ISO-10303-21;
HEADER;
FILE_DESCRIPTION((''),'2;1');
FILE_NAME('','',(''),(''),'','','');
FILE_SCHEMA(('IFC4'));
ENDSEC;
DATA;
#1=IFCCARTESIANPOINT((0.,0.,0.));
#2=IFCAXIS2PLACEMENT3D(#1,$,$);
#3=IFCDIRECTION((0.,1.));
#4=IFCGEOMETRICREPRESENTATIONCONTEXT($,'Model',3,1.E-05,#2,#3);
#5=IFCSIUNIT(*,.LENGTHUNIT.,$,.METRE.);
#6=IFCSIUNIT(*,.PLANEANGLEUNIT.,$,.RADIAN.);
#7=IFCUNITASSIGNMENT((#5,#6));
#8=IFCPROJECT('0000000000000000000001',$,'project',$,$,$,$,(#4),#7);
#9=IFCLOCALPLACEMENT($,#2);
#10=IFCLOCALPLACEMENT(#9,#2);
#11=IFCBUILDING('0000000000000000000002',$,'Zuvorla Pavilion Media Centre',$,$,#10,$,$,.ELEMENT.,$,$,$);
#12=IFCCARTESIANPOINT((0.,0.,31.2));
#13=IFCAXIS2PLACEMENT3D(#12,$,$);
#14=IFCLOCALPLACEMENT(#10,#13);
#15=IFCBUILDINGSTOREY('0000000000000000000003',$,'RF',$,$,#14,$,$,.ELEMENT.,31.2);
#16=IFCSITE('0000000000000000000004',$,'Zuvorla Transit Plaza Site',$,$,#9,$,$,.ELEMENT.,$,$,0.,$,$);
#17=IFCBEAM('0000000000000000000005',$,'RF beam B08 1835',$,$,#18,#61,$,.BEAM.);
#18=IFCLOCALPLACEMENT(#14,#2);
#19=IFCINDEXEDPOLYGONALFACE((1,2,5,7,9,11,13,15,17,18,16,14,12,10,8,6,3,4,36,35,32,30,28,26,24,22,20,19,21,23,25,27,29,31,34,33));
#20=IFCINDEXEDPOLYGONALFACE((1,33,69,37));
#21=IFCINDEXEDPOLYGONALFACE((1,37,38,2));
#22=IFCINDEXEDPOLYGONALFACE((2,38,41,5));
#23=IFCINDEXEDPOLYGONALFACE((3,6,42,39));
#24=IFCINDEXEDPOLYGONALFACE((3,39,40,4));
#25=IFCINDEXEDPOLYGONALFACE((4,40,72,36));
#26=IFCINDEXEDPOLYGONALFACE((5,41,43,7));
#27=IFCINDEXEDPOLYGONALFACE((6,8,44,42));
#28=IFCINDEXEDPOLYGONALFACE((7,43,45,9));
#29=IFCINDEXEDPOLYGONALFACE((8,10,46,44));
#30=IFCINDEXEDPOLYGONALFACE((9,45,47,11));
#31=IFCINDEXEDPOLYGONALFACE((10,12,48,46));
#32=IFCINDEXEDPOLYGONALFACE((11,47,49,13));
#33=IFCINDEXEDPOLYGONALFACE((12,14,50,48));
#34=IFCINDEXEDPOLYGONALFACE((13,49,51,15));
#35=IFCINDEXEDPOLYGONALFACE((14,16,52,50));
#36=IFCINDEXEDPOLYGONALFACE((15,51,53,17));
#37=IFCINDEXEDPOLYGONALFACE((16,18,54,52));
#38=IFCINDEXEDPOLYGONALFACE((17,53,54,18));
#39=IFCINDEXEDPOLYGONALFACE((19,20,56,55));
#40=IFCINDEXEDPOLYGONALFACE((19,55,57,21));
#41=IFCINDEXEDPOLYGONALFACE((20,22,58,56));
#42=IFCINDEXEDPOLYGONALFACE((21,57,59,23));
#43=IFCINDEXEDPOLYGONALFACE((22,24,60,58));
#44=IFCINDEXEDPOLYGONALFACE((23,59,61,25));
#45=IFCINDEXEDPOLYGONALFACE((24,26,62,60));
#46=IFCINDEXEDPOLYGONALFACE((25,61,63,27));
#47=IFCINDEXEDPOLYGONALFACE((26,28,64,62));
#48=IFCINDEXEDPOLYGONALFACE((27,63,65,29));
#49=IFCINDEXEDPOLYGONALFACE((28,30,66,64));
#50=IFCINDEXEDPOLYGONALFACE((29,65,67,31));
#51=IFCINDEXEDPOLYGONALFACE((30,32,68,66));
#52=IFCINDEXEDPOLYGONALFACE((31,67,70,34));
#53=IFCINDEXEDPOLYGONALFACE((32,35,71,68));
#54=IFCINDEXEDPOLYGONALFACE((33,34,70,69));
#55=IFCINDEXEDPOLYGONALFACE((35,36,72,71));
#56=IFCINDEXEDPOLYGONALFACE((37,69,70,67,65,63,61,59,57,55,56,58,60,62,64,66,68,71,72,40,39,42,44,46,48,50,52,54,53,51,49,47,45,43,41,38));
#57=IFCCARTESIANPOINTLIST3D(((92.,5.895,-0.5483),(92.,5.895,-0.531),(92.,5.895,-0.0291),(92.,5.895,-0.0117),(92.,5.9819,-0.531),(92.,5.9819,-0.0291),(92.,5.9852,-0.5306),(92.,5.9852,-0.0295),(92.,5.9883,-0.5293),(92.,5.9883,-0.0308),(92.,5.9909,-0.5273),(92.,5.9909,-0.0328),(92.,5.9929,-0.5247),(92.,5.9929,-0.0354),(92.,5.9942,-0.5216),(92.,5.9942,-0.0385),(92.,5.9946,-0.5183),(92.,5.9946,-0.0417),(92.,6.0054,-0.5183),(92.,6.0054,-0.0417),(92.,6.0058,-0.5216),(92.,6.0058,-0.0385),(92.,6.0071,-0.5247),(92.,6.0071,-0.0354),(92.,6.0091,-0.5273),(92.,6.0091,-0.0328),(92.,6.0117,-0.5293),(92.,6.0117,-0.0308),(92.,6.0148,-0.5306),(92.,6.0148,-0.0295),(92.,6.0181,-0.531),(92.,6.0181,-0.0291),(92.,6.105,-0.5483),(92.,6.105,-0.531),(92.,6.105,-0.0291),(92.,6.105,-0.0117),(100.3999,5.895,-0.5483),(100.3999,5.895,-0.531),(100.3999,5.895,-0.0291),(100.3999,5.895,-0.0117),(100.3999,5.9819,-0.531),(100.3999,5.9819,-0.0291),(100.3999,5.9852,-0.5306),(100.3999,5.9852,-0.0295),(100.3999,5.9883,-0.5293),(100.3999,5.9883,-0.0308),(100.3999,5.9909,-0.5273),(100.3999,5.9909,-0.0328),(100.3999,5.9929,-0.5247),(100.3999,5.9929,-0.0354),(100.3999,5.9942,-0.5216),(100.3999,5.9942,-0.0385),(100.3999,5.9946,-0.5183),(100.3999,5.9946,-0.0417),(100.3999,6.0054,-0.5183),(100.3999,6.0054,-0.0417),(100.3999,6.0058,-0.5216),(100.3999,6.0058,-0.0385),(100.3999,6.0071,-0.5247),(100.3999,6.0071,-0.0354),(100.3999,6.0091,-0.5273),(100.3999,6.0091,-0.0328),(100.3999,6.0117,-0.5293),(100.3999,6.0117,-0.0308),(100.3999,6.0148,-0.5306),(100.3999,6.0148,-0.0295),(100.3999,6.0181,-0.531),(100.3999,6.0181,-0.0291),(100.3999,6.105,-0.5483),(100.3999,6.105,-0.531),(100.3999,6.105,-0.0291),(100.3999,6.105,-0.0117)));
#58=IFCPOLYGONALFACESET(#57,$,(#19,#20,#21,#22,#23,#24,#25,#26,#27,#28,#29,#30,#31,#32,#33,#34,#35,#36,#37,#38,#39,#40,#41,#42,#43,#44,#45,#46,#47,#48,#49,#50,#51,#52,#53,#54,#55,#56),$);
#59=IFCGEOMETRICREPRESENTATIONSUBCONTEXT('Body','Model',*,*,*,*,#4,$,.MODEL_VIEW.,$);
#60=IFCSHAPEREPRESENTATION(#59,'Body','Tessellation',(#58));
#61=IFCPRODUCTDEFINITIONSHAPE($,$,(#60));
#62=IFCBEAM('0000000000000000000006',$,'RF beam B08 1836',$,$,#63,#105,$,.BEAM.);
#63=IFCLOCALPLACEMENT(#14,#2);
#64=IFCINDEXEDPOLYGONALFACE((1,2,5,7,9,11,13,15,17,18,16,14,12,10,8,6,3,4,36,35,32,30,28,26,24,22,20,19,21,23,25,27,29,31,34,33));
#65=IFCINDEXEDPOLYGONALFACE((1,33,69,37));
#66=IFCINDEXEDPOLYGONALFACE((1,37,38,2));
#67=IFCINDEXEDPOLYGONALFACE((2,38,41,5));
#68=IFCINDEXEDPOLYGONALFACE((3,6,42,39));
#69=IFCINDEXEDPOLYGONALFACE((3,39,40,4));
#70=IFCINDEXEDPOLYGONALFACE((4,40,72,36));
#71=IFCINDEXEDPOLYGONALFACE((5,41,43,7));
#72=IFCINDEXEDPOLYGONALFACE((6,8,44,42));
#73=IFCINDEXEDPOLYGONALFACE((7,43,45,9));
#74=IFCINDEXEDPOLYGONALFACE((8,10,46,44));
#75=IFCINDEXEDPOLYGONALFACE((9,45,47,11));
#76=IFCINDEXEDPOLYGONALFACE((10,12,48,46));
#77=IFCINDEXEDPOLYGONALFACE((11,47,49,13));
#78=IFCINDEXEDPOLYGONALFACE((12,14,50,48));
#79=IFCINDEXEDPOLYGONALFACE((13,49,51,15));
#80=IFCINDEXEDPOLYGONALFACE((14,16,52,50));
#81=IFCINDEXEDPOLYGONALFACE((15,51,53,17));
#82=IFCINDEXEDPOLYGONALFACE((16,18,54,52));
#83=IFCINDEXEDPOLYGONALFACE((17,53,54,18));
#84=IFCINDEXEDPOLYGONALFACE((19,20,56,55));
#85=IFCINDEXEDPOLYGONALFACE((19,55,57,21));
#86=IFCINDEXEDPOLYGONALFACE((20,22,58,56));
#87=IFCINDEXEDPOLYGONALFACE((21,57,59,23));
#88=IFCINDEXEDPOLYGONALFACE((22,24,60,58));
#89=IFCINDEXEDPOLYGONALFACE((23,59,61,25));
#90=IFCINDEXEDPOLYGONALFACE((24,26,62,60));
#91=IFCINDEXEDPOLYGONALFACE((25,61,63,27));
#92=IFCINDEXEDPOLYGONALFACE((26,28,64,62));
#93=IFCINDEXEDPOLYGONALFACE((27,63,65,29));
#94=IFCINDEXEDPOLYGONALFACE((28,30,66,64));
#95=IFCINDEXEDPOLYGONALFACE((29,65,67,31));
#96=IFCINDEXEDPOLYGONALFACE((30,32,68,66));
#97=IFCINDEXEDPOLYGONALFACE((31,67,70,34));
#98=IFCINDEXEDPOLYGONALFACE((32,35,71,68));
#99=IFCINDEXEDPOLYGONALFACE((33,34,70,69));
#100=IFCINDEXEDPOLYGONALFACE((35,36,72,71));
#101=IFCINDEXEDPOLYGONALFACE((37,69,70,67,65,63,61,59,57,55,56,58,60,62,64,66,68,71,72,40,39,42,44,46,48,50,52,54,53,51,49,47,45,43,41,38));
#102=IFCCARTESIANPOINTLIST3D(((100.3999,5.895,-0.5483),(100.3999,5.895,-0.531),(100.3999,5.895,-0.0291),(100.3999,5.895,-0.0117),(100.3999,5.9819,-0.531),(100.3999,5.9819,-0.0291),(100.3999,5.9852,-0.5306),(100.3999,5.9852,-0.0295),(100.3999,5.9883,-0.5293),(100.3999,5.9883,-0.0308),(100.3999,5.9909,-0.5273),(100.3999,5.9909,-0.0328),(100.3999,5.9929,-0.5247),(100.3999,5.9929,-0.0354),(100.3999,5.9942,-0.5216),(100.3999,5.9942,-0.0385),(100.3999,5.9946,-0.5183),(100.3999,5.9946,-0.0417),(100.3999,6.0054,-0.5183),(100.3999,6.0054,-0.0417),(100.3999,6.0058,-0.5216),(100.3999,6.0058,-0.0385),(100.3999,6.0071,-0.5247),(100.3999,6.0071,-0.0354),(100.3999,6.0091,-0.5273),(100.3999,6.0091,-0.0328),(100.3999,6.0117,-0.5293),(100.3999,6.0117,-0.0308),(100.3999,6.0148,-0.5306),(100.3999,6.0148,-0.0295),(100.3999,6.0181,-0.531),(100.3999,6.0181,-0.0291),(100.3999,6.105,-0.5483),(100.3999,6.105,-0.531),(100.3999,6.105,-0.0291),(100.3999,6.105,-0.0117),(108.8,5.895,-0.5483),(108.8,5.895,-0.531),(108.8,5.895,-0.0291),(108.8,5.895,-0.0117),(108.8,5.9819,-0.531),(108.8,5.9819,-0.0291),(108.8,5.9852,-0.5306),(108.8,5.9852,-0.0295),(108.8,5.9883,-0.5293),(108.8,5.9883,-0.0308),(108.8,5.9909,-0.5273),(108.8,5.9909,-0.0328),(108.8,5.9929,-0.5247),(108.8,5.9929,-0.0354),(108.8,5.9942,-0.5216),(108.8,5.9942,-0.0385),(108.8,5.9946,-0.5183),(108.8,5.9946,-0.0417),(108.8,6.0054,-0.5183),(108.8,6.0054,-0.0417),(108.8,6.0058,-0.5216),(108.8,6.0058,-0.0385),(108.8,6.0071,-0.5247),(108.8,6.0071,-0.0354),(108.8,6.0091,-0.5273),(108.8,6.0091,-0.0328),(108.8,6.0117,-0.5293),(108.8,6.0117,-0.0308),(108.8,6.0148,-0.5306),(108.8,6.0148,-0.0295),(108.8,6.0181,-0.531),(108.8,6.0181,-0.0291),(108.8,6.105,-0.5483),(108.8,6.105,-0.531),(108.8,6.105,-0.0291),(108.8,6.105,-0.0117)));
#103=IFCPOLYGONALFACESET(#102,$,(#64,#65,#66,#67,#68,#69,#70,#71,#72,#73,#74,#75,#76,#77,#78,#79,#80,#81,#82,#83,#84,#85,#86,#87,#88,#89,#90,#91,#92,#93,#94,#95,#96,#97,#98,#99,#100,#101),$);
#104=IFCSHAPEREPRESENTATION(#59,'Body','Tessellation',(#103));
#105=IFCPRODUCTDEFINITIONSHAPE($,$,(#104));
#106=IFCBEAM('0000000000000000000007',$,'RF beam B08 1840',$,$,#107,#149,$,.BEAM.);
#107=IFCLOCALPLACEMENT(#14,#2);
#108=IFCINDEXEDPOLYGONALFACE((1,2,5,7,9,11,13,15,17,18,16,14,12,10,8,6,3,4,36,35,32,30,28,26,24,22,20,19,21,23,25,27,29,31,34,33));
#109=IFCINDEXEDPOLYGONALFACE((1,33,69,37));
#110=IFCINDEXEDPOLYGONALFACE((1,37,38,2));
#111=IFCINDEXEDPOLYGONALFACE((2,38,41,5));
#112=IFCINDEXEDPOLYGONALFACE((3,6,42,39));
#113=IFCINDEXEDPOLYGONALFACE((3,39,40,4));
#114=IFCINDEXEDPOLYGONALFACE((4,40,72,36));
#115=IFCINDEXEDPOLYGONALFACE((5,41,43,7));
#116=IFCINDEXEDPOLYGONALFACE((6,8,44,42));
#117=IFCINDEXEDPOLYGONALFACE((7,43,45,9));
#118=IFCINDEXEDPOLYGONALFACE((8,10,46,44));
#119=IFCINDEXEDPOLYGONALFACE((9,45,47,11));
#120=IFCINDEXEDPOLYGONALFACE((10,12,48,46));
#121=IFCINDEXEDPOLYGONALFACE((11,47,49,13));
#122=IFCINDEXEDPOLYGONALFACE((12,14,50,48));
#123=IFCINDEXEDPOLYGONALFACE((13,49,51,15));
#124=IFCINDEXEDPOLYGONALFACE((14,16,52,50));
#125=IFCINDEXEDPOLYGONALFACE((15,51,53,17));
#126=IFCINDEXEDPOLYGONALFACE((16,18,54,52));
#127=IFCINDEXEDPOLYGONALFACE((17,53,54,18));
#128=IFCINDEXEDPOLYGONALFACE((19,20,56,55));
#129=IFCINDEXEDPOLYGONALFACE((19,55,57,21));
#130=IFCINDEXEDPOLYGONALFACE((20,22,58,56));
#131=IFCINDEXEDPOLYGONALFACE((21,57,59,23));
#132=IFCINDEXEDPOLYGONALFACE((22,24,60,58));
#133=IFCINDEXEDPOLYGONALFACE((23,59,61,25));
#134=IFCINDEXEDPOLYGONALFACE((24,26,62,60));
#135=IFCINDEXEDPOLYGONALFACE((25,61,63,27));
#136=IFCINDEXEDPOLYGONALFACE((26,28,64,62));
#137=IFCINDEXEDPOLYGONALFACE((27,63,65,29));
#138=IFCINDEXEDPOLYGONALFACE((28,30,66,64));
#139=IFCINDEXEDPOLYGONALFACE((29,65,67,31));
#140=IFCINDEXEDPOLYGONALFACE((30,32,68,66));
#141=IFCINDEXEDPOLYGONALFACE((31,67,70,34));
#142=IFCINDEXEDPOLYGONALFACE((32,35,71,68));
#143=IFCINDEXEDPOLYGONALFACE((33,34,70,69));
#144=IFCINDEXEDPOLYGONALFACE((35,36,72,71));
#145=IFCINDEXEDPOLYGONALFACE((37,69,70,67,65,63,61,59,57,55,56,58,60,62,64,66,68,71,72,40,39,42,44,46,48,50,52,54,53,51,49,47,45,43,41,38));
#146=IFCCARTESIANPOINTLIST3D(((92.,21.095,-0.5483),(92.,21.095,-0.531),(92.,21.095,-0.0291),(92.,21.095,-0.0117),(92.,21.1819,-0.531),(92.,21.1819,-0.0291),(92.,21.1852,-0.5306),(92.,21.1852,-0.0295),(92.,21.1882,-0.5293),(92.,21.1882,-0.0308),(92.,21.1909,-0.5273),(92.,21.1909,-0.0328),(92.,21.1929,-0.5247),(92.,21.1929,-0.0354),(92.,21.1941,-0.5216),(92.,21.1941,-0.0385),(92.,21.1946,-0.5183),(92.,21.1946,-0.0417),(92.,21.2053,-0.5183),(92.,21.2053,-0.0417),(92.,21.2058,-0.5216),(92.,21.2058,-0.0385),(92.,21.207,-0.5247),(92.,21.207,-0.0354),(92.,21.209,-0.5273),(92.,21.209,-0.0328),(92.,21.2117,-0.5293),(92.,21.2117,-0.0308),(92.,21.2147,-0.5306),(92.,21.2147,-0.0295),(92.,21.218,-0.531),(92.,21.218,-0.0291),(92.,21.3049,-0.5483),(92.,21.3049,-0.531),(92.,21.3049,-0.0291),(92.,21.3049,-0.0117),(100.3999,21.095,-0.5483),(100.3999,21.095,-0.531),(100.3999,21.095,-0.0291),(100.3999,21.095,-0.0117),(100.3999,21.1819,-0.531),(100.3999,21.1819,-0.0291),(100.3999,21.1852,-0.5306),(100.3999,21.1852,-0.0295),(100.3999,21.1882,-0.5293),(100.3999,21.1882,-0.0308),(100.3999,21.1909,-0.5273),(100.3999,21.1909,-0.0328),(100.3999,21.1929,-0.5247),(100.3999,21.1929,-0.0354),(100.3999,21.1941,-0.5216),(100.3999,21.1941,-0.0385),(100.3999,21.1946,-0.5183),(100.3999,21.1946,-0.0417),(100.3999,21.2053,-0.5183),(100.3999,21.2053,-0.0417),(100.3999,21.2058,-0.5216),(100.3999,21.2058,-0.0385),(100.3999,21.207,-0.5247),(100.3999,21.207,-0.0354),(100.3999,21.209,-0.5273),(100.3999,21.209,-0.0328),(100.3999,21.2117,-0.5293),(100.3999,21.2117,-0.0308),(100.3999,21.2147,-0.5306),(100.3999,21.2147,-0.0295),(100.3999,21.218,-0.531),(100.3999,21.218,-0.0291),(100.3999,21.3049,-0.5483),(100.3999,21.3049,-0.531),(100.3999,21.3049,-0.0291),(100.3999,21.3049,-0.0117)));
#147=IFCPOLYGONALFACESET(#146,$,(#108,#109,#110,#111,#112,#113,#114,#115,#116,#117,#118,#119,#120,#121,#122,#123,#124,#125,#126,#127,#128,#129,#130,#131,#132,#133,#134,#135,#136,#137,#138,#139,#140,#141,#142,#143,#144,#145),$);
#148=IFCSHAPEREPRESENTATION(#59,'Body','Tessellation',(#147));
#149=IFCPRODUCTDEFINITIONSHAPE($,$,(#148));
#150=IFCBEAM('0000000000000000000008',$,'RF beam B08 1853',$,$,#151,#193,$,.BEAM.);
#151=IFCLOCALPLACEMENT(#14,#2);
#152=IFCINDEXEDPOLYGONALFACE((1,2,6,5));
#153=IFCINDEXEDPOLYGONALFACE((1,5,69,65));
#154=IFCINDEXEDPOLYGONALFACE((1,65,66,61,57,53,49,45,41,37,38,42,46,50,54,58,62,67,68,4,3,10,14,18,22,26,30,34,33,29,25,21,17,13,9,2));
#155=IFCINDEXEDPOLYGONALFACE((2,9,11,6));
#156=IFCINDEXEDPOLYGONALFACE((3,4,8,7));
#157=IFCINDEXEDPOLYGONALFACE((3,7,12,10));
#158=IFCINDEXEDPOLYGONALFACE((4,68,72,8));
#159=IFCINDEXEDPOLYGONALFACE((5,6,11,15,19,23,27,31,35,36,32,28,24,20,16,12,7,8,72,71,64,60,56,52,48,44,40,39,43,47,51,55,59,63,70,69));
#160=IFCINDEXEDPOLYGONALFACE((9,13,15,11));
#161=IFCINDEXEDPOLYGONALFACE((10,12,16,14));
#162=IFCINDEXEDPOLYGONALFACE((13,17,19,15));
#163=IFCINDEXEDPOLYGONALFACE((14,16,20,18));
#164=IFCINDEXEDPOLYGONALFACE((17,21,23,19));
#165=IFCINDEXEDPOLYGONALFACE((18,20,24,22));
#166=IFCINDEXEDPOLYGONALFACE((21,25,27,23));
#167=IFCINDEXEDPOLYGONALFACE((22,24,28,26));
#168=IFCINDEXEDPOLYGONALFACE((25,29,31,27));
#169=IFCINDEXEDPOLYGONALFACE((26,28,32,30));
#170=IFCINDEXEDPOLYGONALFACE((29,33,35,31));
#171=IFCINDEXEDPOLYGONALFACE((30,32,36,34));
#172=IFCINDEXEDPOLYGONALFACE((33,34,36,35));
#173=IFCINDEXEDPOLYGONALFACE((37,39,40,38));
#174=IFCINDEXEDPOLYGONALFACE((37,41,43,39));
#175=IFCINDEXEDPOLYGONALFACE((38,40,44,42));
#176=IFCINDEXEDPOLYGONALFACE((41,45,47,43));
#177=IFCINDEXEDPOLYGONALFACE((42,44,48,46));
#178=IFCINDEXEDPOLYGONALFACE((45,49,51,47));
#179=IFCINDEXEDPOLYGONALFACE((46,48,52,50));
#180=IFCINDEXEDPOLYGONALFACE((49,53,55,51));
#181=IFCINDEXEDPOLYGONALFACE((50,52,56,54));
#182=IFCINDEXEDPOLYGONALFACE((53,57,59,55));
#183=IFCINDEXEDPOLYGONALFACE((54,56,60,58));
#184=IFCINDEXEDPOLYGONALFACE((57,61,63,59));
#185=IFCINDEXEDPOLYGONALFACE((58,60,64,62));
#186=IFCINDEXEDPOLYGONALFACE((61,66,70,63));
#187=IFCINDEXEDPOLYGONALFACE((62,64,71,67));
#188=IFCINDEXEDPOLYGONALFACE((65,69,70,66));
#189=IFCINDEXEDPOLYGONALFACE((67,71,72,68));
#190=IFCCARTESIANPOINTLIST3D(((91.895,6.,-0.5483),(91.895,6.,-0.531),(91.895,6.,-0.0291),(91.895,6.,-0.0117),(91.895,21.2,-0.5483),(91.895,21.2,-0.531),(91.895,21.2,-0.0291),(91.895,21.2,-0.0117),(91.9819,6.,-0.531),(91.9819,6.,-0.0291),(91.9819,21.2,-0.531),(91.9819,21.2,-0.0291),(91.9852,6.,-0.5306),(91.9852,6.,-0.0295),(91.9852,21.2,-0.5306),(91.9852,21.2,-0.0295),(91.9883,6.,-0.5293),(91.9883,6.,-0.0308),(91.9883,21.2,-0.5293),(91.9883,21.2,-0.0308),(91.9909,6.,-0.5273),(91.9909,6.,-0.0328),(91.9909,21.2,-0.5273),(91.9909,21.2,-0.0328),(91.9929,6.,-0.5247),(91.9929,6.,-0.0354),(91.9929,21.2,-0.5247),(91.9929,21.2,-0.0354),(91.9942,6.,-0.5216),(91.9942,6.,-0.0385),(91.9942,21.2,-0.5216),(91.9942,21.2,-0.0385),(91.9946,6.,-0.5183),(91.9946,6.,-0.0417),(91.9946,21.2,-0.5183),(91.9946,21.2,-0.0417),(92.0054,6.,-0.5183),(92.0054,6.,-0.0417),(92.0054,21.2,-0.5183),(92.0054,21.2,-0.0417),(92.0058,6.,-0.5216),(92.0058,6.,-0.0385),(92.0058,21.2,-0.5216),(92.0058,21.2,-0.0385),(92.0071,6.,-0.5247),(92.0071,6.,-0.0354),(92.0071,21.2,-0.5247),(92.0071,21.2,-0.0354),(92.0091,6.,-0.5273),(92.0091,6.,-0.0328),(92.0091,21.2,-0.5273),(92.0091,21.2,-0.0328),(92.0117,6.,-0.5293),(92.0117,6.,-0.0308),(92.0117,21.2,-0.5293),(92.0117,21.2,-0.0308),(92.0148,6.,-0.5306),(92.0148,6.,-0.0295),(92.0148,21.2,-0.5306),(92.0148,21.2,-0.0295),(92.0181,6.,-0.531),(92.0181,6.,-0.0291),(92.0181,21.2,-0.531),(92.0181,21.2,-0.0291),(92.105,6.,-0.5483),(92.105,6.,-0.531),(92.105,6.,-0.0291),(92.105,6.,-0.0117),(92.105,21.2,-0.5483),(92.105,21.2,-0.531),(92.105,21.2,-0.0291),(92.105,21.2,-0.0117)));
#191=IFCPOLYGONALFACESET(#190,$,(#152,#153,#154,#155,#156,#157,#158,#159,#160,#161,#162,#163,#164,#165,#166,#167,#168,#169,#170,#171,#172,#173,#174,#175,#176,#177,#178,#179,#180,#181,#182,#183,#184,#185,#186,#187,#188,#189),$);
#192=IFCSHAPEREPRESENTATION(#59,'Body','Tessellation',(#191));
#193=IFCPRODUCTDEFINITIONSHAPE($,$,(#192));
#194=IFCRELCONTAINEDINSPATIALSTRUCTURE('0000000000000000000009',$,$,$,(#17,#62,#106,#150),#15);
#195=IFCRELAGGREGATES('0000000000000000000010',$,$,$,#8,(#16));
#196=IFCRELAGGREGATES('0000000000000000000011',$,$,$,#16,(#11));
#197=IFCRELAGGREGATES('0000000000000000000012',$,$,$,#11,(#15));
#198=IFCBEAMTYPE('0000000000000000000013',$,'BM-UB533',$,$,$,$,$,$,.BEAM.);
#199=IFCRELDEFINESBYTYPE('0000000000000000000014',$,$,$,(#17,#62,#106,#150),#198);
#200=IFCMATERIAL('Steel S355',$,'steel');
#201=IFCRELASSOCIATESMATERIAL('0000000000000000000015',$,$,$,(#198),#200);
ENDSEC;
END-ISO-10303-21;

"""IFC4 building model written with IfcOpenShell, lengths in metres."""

from ifc_helpers import new_model, si_unit, direction, frame, origin, origin_2d, place, context, subcontext, project, spatial, i_section, extrude, material, material_profile, profile_set, type_object, element, save


model = new_model("IFC4")

# Units and contexts
model_context = context("Model", 3, precision=1e-05, world=origin(), true_north=direction((0.0, 1.0)))
body_context = subcontext(model_context, "Body", "Model", "MODEL_VIEW")
ifc_project = project(units=[si_unit("LENGTHUNIT", "METRE"), si_unit("PLANEANGLEUNIT", "RADIAN")], contexts=[model_context])

# Site, building, storey
site_placement = place(None, origin())
site = spatial("IfcSite", under=ifc_project, at=site_placement, Name="Zuvorla Transit Plaza Site", CompositionType="ELEMENT", RefElevation=0.0)
building_placement = place(site_placement, origin())
building = spatial("IfcBuilding", under=site, at=building_placement, Name="Zuvorla Pavilion Media Centre", CompositionType="ELEMENT")
storey_placement = place(building_placement, frame((0.0, 0.0, 31.2)))
storey = spatial("IfcBuildingStorey", under=building, at=storey_placement, Name="RF", CompositionType="ELEMENT", Elevation=31.2)

# Beams
ifc_material = material(Name="Steel S355", Category="steel")
ifc_material_profile_1 = material_profile(ifc_material, i_section(OverallWidth=0.21, OverallDepth=0.5366, WebThickness=0.0107, FlangeThickness=0.0173, FilletRadius=0.0127, at=origin_2d()), Name="UB 533x210x101")
ifc_profile_set_1 = profile_set([ifc_material_profile_1], Name="Steel S355")
beam_type = type_object("IfcBeamType", Name="BM-UB533", PredefinedType="BEAM", material=ifc_profile_set_1)
beam_1_placement = place(storey_placement, frame((92.0, 6.0, -0.28), z_axis=(1.0, 0.0, 0.0), x_axis=(0.0, 1.0, 0.0)))
element("IfcBeam", 1, at=beam_1_placement, inside=storey, type_object=beam_type, Name="RF beam B08 1835", PredefinedType="BEAM", context=body_context, shape_type="SweptSolid", body=[
    extrude(i_section(OverallWidth=0.21, OverallDepth=0.5366, WebThickness=0.0107, FlangeThickness=0.0173, FilletRadius=0.0127, at=origin_2d()), origin(), (0.0, 0.0, 1.0), 8.3999),
])
beam_2_placement = place(storey_placement, frame((100.3999, 6.0, -0.28), z_axis=(1.0, 0.0, 0.0), x_axis=(0.0, 1.0, 0.0)))
element("IfcBeam", 2, at=beam_2_placement, inside=storey, type_object=beam_type, Name="RF beam B08 1836", PredefinedType="BEAM", context=body_context, shape_type="SweptSolid", body=[
    extrude(i_section(OverallWidth=0.21, OverallDepth=0.5366, WebThickness=0.0107, FlangeThickness=0.0173, FilletRadius=0.0127, at=origin_2d()), origin(), (0.0, 0.0, 1.0), 8.4001),
])
beam_3_placement = place(storey_placement, frame((92.0, 21.2, -0.28), z_axis=(1.0, 0.0, 0.0), x_axis=(0.0, 1.0, 0.0)))
element("IfcBeam", 3, at=beam_3_placement, inside=storey, type_object=beam_type, Name="RF beam B08 1840", PredefinedType="BEAM", context=body_context, shape_type="SweptSolid", body=[
    extrude(i_section(OverallWidth=0.21, OverallDepth=0.5366, WebThickness=0.0107, FlangeThickness=0.0173, FilletRadius=0.0127, at=origin_2d()), origin(), (0.0, 0.0, 1.0), 8.3999),
])
for number, where, z_axis, x_axis, name in (
    (4, (92.0, 6.0, -0.28), (0.0, 1.0, 0.0), (-1.0, 0.0, 0.0), "RF beam B08 1853"),
):
    element("IfcBeam", number, at=place(storey_placement, frame(where, z_axis=z_axis, x_axis=x_axis)), inside=storey, type_object=beam_type, Name=name, PredefinedType="BEAM", context=body_context, shape_type="SweptSolid", body=[
        extrude(i_section(OverallWidth=0.21, OverallDepth=0.5366, WebThickness=0.0107, FlangeThickness=0.0173, FilletRadius=0.0127, at=origin_2d()), origin(), (0.0, 0.0, 1.0), 15.2),
    ])

save(model, "model.ifc")
